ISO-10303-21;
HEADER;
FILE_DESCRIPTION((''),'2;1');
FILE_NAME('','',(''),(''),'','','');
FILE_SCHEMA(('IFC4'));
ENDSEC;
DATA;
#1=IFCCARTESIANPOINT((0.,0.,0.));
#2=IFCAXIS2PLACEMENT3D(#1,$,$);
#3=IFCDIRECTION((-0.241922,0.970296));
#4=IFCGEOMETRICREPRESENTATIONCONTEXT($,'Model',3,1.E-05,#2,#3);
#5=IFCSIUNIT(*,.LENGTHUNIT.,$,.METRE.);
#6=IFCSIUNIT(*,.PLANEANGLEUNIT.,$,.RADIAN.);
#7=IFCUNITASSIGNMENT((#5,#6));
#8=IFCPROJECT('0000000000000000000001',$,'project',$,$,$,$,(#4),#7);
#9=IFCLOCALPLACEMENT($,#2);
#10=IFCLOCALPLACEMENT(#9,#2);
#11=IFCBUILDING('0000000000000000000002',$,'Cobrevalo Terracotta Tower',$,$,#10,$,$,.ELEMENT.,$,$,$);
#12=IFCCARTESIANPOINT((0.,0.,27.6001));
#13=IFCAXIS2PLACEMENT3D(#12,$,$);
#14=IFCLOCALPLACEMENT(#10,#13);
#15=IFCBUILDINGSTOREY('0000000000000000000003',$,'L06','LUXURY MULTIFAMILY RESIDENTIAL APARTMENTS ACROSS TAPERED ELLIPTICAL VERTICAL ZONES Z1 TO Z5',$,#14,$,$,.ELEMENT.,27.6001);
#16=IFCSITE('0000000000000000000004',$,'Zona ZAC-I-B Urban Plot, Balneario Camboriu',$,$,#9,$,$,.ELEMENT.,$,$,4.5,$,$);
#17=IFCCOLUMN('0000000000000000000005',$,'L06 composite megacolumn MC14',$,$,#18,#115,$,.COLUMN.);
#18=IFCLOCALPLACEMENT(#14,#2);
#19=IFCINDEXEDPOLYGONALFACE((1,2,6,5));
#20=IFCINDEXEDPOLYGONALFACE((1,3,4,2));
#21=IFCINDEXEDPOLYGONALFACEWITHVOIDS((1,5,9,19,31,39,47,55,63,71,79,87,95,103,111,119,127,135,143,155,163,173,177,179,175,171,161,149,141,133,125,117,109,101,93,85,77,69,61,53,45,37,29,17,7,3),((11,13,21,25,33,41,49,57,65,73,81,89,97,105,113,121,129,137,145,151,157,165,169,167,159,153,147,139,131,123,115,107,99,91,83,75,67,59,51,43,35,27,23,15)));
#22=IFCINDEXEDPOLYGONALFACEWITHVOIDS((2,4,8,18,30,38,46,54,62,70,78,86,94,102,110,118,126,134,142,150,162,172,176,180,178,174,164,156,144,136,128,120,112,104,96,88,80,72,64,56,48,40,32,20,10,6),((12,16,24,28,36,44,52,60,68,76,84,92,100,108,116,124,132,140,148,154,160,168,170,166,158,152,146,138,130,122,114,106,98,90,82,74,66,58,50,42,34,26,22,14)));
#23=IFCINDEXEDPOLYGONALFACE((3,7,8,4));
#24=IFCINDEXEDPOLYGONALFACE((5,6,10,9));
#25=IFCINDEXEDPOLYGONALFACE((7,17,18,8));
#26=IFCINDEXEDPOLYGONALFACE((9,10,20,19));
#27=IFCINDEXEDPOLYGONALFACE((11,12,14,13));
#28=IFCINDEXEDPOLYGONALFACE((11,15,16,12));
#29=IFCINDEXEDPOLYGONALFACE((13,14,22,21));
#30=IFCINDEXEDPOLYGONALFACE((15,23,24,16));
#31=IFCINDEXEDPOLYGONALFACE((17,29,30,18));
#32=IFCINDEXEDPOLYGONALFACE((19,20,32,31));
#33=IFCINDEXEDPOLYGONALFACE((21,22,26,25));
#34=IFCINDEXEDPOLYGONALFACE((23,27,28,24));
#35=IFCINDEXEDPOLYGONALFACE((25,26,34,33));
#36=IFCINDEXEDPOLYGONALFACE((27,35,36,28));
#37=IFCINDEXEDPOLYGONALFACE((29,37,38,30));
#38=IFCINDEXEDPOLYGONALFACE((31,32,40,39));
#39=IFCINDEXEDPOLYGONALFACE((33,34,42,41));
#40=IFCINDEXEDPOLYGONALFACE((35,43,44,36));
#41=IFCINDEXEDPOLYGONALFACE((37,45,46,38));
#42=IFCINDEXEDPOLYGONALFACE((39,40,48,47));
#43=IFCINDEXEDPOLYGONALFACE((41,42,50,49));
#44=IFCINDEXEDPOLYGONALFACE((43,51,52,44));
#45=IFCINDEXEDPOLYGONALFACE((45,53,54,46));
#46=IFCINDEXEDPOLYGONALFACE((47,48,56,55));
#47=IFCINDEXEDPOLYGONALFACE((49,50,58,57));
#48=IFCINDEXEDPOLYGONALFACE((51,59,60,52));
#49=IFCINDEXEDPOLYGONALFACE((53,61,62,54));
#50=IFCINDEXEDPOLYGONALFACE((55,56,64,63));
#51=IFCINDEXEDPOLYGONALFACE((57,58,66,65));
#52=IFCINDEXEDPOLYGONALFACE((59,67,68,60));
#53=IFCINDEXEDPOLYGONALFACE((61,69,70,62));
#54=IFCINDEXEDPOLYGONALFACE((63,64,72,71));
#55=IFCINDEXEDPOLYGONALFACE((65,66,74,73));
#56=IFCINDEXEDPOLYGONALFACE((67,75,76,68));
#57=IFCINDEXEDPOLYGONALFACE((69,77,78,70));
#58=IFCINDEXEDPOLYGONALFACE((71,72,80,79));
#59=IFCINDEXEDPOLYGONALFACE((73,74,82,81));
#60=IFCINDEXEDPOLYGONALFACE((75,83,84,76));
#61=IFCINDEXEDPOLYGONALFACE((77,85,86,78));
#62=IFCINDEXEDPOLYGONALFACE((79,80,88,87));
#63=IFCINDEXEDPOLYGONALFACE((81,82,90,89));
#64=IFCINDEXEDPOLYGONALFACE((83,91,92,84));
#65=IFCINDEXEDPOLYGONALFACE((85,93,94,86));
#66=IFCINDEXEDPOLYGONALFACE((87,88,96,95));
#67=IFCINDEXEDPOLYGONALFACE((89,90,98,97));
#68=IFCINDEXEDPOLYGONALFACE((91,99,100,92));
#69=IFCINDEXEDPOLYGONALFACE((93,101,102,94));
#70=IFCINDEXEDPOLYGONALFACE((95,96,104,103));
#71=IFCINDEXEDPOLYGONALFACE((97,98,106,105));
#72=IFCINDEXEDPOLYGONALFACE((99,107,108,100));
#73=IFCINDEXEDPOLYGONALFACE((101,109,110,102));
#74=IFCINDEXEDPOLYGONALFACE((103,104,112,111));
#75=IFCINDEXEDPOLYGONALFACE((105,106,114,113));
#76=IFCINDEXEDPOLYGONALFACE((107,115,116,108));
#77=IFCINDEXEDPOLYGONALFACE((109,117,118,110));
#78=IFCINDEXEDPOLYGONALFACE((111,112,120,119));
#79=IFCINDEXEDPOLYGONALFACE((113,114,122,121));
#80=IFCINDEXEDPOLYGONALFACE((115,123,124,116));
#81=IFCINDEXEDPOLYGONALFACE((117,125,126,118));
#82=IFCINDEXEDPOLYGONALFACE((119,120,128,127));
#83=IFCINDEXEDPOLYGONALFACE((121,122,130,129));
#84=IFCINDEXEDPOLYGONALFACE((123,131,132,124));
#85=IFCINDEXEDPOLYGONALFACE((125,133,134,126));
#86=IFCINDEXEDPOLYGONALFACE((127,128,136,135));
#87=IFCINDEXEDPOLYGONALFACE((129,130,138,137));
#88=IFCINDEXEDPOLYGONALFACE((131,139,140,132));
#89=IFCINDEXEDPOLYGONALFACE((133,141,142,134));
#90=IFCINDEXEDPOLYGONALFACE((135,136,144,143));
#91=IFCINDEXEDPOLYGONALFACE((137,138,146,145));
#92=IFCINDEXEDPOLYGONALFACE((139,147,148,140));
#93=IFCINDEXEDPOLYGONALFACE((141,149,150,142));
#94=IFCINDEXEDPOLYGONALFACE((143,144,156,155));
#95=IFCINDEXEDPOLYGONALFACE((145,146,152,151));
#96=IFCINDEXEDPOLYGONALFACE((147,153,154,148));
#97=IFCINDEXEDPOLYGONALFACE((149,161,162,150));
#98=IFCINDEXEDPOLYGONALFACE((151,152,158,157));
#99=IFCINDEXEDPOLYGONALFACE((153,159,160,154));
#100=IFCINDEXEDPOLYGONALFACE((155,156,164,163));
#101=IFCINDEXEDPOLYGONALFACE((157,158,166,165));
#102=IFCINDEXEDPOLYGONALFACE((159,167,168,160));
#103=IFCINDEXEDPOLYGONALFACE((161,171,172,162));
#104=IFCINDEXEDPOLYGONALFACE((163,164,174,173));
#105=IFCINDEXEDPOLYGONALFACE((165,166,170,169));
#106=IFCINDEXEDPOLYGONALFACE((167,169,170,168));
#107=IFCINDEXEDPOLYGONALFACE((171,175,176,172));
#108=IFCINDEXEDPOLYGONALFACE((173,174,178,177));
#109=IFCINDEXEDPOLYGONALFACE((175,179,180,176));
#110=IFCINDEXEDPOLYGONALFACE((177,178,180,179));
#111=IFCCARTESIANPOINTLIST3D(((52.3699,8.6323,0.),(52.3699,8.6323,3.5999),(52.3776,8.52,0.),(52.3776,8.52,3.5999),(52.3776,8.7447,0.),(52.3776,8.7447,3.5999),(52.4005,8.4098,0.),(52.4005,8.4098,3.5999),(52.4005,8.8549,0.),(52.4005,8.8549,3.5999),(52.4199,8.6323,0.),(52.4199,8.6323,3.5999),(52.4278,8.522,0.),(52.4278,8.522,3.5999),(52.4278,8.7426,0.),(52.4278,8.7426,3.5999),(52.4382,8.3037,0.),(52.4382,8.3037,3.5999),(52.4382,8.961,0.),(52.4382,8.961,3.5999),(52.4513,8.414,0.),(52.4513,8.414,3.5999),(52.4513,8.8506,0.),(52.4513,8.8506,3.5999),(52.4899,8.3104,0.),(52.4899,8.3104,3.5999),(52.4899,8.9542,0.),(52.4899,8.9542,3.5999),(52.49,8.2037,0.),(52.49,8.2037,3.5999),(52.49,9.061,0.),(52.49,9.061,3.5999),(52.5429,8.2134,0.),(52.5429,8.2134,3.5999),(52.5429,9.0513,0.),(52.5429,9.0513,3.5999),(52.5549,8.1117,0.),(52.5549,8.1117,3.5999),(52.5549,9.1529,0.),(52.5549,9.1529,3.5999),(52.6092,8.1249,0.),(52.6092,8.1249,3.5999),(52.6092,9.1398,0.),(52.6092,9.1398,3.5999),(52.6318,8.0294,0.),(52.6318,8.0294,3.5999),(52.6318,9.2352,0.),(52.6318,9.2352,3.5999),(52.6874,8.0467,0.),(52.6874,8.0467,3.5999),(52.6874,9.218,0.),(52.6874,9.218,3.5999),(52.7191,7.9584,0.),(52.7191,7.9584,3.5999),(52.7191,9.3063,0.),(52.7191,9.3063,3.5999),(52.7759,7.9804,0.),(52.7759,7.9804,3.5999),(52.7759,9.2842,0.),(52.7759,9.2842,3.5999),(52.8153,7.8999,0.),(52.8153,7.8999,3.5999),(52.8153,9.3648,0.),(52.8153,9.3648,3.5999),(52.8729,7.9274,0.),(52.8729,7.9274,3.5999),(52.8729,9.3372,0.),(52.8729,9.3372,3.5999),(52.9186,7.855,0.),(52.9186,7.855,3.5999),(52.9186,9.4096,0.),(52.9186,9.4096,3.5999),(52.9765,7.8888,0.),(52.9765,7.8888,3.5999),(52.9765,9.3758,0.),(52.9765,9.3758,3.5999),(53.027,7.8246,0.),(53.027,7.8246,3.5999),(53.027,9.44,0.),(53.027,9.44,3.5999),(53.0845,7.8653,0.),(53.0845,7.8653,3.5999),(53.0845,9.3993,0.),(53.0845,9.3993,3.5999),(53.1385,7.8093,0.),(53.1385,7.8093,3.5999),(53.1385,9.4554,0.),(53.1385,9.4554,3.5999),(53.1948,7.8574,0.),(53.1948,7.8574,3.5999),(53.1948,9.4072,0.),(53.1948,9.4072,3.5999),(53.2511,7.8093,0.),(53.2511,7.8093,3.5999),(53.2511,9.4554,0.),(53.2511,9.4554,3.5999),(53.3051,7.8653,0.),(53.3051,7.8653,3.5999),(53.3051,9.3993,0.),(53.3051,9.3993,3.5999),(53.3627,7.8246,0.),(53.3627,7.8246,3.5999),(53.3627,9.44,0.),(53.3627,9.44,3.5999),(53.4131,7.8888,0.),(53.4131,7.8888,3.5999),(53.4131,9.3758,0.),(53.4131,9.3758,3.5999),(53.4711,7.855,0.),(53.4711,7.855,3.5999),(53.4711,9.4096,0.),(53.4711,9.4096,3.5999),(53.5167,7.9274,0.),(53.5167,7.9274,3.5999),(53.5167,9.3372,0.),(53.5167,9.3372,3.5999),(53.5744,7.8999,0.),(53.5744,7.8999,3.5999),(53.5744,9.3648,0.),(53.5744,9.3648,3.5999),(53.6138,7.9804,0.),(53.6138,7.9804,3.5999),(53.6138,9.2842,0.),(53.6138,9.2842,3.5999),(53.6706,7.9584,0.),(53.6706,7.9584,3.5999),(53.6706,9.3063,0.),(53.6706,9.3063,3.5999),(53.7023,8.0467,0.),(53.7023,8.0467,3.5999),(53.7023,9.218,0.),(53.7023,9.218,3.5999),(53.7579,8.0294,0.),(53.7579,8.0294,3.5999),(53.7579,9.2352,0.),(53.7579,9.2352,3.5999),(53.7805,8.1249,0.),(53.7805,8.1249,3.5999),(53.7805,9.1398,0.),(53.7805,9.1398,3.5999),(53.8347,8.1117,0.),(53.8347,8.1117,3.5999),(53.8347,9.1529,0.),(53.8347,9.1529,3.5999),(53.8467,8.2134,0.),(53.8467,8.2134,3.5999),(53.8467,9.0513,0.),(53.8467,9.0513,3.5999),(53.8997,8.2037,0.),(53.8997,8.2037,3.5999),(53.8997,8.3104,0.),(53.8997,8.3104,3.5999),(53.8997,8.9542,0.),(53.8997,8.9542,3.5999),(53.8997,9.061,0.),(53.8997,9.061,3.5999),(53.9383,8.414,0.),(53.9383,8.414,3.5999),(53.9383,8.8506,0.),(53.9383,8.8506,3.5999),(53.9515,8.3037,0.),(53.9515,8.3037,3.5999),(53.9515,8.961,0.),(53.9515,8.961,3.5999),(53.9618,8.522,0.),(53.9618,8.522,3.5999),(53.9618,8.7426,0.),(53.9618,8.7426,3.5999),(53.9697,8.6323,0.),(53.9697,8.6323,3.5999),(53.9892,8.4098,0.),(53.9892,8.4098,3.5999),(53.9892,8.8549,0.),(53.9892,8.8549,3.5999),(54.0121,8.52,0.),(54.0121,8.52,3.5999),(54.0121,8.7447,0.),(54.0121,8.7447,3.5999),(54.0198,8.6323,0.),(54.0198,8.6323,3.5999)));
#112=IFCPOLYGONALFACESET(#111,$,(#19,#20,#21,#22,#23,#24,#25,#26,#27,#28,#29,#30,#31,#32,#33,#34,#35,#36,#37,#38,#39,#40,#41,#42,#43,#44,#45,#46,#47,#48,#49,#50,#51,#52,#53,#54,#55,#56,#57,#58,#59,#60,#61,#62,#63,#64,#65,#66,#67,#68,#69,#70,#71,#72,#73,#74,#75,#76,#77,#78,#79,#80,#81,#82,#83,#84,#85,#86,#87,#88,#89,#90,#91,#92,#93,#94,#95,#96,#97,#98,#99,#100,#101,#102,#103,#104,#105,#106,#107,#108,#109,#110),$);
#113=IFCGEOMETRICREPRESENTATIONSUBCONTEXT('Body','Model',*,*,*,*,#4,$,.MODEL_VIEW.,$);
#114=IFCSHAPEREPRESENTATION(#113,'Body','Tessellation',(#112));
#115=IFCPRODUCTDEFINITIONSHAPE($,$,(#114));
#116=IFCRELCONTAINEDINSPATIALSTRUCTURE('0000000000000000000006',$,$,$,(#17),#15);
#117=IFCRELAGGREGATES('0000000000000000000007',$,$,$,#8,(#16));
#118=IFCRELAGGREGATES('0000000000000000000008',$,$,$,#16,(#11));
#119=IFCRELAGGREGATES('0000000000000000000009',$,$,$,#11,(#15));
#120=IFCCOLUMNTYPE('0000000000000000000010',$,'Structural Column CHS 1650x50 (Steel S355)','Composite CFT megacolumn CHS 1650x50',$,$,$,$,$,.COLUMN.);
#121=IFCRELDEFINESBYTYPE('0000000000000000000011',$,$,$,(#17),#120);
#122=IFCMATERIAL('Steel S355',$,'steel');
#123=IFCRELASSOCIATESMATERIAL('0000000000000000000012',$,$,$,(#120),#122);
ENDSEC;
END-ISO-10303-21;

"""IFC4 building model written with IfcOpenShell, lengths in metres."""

from ifc_helpers import new_model, si_unit, direction, frame, origin, origin_2d, place, context, subcontext, project, spatial, hollow_circle, extrude, material, material_profile, profile_set, type_object, element, save


model = new_model("IFC4")

# Units and contexts
model_context = context("Model", 3, precision=1e-05, world=origin(), true_north=direction((-0.241922, 0.970296)))
body_context = subcontext(model_context, "Body", "Model", "MODEL_VIEW")
ifc_project = project(units=[si_unit("LENGTHUNIT", "METRE"), si_unit("PLANEANGLEUNIT", "RADIAN")], contexts=[model_context])

# Site, building, storey
site_placement = place(None, origin())
site = spatial("IfcSite", under=ifc_project, at=site_placement, Name="Zona ZAC-I-B Urban Plot, Balneario Camboriu", CompositionType="ELEMENT", RefElevation=4.5)
building_placement = place(site_placement, origin())
building = spatial("IfcBuilding", under=site, at=building_placement, Name="Cobrevalo Terracotta Tower", CompositionType="ELEMENT")
storey_placement = place(building_placement, frame((0.0, 0.0, 27.6001)))
storey = spatial("IfcBuildingStorey", under=building, at=storey_placement, Name="L06", Description="LUXURY MULTIFAMILY RESIDENTIAL APARTMENTS ACROSS TAPERED ELLIPTICAL VERTICAL ZONES Z1 TO Z5", CompositionType="ELEMENT", Elevation=27.6001)

# Column
ifc_material_1 = material(Name="Steel S355", Category="steel")
ifc_material_profile_1 = material_profile(ifc_material_1, hollow_circle(Radius=0.825, WallThickness=0.05, at=origin_2d()), Name="CHS 1650x50")
ifc_profile_set_1 = profile_set([ifc_material_profile_1], Name="Steel S355")
column_type = type_object("IfcColumnType", Name="Structural Column CHS 1650x50 (Steel S355)", Description="Composite CFT megacolumn CHS 1650x50", PredefinedType="COLUMN", material=ifc_profile_set_1)
for number, where, z_axis, x_axis, name in (
    (1, (53.1948, 8.6323, 0.0), (0.0, 0.0, 1.0), (1.0, 0.0, 0.0), "L06 composite megacolumn MC14"),
):
    element("IfcColumn", number, at=place(storey_placement, frame(where, z_axis=z_axis, x_axis=x_axis)), inside=storey, type_object=column_type, Name=name, PredefinedType="COLUMN", context=body_context, shape_type="SweptSolid", body=[
        extrude(hollow_circle(Radius=0.825, WallThickness=0.05, at=origin_2d()), origin(), (0.0, 0.0, 1.0), 3.5999),
    ])

save(model, "model.ifc")
